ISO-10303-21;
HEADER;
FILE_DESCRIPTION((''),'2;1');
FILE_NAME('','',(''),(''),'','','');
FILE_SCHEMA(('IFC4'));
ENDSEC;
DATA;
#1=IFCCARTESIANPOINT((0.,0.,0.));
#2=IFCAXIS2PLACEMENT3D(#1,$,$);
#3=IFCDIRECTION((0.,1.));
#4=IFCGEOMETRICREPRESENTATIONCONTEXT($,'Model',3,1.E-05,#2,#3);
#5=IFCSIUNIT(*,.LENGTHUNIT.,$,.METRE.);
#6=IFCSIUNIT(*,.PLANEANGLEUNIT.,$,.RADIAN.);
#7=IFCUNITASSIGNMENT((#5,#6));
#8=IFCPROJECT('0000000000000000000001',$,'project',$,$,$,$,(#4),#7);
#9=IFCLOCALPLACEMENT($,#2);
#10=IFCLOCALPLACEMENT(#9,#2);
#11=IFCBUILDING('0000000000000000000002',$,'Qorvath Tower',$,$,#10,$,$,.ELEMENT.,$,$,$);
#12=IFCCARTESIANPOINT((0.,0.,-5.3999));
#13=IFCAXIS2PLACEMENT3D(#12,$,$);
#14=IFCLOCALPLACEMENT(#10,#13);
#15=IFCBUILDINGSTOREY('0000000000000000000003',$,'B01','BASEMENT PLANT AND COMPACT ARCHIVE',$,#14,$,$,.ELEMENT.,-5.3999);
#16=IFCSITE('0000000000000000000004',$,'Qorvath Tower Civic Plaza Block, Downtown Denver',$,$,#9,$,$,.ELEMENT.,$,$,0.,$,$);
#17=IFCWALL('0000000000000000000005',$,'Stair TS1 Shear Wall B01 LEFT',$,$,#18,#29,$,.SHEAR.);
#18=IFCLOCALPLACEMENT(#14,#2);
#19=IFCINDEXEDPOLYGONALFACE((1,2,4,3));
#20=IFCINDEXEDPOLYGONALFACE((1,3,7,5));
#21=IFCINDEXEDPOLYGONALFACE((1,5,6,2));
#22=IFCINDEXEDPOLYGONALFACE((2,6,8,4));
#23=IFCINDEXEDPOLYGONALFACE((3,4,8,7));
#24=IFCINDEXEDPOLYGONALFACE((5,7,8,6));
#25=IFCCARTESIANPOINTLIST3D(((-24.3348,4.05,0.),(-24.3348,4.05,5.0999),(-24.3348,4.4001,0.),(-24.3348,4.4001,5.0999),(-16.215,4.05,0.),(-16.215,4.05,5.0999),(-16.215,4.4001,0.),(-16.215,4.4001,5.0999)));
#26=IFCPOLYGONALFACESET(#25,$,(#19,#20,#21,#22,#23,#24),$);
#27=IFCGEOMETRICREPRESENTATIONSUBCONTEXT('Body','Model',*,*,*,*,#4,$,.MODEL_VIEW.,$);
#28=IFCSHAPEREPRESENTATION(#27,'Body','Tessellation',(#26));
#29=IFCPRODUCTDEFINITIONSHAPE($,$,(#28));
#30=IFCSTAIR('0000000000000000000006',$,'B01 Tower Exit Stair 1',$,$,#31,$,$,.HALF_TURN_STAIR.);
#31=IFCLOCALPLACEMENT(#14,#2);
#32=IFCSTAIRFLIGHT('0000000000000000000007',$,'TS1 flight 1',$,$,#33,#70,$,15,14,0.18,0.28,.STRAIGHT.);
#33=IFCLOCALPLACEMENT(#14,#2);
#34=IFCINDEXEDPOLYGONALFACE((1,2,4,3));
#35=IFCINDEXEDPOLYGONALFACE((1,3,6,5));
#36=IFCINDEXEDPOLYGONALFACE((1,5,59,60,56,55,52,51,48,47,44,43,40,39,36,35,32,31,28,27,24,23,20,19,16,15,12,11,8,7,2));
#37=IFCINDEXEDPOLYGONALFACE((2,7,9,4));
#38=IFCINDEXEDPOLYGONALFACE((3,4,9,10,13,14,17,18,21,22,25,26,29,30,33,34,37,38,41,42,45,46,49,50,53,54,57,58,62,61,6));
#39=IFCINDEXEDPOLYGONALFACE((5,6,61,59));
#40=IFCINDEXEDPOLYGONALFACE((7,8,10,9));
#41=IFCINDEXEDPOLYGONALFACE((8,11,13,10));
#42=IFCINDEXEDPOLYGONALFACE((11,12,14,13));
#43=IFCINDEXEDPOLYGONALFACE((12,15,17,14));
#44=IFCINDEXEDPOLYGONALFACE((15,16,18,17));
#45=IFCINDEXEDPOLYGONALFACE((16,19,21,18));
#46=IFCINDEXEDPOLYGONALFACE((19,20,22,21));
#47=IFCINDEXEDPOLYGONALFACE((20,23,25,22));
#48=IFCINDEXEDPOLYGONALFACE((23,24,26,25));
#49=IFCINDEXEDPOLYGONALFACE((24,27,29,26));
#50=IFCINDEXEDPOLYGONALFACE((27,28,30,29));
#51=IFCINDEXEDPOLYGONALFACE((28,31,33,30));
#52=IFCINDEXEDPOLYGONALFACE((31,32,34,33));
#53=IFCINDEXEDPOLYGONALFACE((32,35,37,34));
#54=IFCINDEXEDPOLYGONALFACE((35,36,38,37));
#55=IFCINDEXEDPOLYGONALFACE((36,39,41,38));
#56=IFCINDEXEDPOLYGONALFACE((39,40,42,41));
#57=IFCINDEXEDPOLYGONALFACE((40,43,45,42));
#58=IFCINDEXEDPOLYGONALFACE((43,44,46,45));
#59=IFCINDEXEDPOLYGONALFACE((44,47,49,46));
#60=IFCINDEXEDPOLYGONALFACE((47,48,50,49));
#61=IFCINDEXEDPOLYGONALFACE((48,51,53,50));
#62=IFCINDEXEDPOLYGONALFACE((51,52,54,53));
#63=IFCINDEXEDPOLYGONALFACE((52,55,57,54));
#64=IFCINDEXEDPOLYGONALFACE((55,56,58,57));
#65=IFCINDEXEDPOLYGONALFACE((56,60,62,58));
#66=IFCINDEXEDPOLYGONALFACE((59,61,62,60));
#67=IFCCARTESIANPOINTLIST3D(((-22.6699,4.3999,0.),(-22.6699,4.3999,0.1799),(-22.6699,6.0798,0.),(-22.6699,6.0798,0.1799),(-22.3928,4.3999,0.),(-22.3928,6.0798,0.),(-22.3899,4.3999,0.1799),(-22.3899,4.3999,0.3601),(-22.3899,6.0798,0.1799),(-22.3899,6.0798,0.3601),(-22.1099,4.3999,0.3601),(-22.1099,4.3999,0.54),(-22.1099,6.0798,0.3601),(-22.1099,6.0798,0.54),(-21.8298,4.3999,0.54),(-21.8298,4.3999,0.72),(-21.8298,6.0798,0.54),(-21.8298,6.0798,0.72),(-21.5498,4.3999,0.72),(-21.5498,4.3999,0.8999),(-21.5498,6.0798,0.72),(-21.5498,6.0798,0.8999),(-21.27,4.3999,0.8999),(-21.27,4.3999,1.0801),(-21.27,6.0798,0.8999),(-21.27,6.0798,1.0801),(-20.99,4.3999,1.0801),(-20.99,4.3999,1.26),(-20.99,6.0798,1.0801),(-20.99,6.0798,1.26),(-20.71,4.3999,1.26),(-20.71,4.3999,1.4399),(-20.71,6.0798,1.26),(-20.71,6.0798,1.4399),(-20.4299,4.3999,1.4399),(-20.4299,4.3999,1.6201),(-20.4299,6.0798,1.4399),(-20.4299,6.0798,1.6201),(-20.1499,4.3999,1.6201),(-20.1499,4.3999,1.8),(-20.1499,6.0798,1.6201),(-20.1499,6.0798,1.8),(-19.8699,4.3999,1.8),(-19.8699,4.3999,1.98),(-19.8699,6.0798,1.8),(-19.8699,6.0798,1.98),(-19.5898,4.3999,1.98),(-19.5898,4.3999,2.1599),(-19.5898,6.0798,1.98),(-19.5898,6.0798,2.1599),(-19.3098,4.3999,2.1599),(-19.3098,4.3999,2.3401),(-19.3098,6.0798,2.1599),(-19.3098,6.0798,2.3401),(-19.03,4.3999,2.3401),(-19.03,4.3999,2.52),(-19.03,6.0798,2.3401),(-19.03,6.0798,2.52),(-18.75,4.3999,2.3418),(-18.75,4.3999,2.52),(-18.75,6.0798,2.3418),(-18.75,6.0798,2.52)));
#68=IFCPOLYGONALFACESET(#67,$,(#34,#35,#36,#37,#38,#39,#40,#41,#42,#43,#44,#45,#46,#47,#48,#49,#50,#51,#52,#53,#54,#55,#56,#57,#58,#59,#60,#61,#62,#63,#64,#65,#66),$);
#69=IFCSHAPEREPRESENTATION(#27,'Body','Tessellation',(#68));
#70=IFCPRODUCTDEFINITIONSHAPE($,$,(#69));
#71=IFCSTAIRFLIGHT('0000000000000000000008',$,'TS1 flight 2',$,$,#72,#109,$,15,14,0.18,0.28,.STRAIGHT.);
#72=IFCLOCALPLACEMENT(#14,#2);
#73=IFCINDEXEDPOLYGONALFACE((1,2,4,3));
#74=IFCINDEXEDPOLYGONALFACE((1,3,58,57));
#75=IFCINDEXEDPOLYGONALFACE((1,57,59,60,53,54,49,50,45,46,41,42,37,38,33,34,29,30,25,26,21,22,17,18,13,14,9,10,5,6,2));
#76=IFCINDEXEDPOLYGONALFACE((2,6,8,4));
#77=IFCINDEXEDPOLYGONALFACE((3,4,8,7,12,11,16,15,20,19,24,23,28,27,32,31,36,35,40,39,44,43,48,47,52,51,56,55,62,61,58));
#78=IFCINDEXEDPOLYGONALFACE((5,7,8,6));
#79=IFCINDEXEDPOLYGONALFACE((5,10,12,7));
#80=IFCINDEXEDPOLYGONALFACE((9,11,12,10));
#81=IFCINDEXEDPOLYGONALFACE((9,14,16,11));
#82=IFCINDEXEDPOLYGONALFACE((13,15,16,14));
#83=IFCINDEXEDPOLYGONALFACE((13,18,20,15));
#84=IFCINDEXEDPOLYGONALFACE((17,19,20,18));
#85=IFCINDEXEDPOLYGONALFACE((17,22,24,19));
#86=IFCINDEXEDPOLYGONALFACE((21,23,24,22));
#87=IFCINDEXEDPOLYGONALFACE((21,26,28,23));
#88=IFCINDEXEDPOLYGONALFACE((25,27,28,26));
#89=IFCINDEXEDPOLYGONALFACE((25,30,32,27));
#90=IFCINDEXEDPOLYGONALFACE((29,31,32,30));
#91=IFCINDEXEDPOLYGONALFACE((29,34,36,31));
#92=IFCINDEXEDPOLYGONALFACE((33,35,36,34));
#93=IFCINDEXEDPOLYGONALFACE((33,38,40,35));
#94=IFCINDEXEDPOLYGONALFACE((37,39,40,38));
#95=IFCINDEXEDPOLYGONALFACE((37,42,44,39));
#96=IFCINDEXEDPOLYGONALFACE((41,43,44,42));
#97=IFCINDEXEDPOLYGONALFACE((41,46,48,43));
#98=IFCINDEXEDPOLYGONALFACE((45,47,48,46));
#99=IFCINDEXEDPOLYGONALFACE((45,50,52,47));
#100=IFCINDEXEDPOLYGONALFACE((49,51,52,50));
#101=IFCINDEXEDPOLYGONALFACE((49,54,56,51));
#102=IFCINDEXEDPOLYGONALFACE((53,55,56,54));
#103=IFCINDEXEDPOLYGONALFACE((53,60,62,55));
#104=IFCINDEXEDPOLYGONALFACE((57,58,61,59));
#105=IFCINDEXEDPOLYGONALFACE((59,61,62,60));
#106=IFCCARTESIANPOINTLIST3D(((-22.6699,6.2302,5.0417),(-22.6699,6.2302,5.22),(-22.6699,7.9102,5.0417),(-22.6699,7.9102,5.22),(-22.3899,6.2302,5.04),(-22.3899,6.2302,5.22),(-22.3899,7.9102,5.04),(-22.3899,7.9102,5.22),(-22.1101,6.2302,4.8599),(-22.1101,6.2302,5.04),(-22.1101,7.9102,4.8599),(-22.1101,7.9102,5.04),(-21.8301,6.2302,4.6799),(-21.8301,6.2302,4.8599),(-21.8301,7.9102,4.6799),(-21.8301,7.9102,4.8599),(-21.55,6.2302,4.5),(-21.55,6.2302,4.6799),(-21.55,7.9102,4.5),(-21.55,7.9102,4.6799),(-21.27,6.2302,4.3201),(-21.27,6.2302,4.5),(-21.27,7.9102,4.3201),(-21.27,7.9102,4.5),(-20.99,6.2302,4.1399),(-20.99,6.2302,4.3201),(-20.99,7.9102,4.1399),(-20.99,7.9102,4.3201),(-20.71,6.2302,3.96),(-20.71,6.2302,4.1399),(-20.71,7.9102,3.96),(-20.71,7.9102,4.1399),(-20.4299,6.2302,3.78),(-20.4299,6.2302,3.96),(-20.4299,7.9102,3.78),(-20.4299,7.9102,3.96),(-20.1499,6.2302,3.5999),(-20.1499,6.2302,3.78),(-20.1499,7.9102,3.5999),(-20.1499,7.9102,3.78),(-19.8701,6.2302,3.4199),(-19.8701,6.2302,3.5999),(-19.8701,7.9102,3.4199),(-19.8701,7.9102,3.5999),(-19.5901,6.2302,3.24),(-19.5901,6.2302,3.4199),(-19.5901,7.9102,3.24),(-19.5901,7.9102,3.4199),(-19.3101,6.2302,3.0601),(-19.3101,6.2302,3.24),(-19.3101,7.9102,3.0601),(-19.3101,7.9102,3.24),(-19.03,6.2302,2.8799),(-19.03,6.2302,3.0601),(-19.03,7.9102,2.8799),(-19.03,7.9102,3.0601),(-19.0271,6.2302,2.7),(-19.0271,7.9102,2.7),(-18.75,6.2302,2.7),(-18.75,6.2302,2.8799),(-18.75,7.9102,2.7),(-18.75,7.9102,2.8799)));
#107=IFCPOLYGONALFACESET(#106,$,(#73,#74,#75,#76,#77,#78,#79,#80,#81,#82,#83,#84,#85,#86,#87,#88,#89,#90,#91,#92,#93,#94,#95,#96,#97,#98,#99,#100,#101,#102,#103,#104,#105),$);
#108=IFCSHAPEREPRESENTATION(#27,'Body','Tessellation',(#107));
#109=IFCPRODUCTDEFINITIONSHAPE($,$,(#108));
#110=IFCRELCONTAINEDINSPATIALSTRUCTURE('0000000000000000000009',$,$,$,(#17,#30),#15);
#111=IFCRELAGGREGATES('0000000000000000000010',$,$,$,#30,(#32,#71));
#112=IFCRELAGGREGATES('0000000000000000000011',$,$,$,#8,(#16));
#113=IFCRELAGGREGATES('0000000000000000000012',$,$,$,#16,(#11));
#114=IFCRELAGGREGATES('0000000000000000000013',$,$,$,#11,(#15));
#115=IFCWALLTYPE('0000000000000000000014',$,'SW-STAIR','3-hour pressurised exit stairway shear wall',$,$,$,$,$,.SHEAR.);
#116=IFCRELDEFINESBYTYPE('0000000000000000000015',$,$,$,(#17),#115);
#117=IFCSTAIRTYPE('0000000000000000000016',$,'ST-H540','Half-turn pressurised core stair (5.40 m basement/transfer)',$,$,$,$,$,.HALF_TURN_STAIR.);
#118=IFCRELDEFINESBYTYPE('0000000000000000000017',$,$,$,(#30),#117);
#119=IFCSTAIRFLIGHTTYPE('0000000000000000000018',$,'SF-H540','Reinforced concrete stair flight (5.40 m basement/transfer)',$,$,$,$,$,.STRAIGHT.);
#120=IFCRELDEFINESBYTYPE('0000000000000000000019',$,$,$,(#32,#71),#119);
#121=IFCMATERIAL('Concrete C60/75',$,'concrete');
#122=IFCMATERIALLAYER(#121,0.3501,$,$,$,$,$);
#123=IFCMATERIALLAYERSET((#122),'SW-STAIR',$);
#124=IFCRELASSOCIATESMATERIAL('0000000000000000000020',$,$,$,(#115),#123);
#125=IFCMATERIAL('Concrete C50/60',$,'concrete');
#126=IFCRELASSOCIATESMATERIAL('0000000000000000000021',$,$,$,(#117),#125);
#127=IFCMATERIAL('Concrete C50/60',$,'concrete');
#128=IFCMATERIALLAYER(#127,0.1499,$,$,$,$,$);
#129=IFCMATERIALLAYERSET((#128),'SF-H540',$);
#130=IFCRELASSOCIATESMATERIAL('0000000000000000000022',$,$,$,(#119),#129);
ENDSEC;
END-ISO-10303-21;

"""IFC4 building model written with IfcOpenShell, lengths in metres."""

from ifc_helpers import new_model, si_unit, direction, frame, frame_2d, origin, place, context, subcontext, project, spatial, polyline, rectangle, outline, extrude, material, layer, layer_set, type_object, element, aggregate, save


model = new_model("IFC4")

# Units and contexts
model_context = context("Model", 3, precision=1e-05, world=origin(), true_north=direction((0.0, 1.0)))
body_context = subcontext(model_context, "Body", "Model", "MODEL_VIEW")
ifc_project = project(units=[si_unit("LENGTHUNIT", "METRE"), si_unit("PLANEANGLEUNIT", "RADIAN")], contexts=[model_context])

# Site, building, storey
site_placement = place(None, origin())
site = spatial("IfcSite", under=ifc_project, at=site_placement, Name="Qorvath Tower Civic Plaza Block, Downtown Denver", CompositionType="ELEMENT", RefElevation=0.0)
building_placement = place(site_placement, origin())
building = spatial("IfcBuilding", under=site, at=building_placement, Name="Qorvath Tower", CompositionType="ELEMENT")
storey_placement = place(building_placement, frame((0.0, 0.0, -5.3999)))
storey = spatial("IfcBuildingStorey", under=building, at=storey_placement, Name="B01", Description="BASEMENT PLANT AND COMPACT ARCHIVE", CompositionType="ELEMENT", Elevation=-5.3999)

# Wall
ifc_material_1 = material(Name="Concrete C60/75", Category="concrete")
ifc_layer_1 = layer(ifc_material_1, 0.3501)
ifc_layer_set_1 = layer_set([ifc_layer_1], Name="SW-STAIR")
wall_type_1 = type_object("IfcWallType", Name="SW-STAIR", Description="3-hour pressurised exit stairway shear wall", PredefinedType="SHEAR", material=ifc_layer_set_1)
wall_1_placement = place(storey_placement, frame((-24.335, 4.2251, 0.0), z_axis=(0.0, 0.0, 1.0), x_axis=(1.0, 0.0, 0.0)))
element("IfcWall", 1, at=wall_1_placement, inside=storey, type_object=wall_type_1, Name="Stair TS1 Shear Wall B01 LEFT", PredefinedType="SHEAR", context=body_context, shape_type="SweptSolid", body=[
    extrude(rectangle(XDim=8.1199, YDim=0.3501, at=frame_2d((4.0601, 0.0))), origin(), (0.0, 0.0, 1.0), 5.0999),
])

# Stair, stair flights
ifc_material_2 = material(Name="Concrete C50/60", Category="concrete")
stair_type = type_object("IfcStairType", Name="ST-H540", Description="Half-turn pressurised core stair (5.40 m basement/transfer)", PredefinedType="HALF_TURN_STAIR", material=ifc_material_2)
stair_placement = place(storey_placement, origin())
stair = element("IfcStair", 2, at=stair_placement, inside=storey, type_object=stair_type, Name="B01 Tower Exit Stair 1", PredefinedType="HALF_TURN_STAIR")
ifc_material_3 = material(Name="Concrete C50/60", Category="concrete")
ifc_layer_2 = layer(ifc_material_3, 0.1499)
ifc_layer_set_2 = layer_set([ifc_layer_2], Name="SF-H540")
stair_flight_type = type_object("IfcStairFlightType", Name="SF-H540", Description="Reinforced concrete stair flight (5.40 m basement/transfer)", PredefinedType="STRAIGHT", material=ifc_layer_set_2)
stair_flight_1_placement = place(storey_placement, frame((-22.6699, 5.24, 0.0), z_axis=(0.0, 0.0, 1.0), x_axis=(1.0, 0.0, 0.0)))
stair_flight_1 = element("IfcStairFlight", 3, at=stair_flight_1_placement, type_object=stair_flight_type, Name="TS1 flight 1", NumberOfRisers=15, NumberOfTreads=14, PredefinedType="STRAIGHT", RiserHeight=0.18, TreadLength=0.28, context=body_context, shape_type="SweptSolid", body=[
    extrude(outline(polyline([(0.0, 0.0), (0.0, 0.1799), (0.28, 0.1799), (0.28, 0.3601), (0.5601, 0.3601), (0.5601, 0.54), (0.8401, 0.54), (0.8401, 0.72), (1.1201, 0.72), (1.1201, 0.8999), (1.3999, 0.8999), (1.3999, 1.0801), (1.6799, 1.0801), (1.6799, 1.26), (1.96, 1.26), (1.96, 1.4399), (2.24, 1.4399), (2.24, 1.6201), (2.52, 1.6201), (2.52, 1.8), (2.8, 1.8), (2.8, 1.98), (3.0801, 1.98), (3.0801, 2.1599), (3.3601, 2.1599), (3.3601, 2.3401), (3.6399, 2.3401), (3.6399, 2.52), (3.9199, 2.52), (3.9199, 2.7), (3.9199, 2.3418), (0.2771, 0.0), (0.0, 0.0)])), frame((0.0, 0.8398, 0.0), z_axis=(0.0, -1.0, 0.0), x_axis=(1.0, 0.0, 0.0)), (0.0, 0.0, 1.0), 1.6799),
])
stair_flight_2_placement = place(storey_placement, frame((-18.75, 7.0701, 2.7), z_axis=(0.0, 0.0, 1.0), x_axis=(-1.0, 0.0, 0.0)))
stair_flight_2 = element("IfcStairFlight", 4, at=stair_flight_2_placement, type_object=stair_flight_type, Name="TS1 flight 2", NumberOfRisers=15, NumberOfTreads=14, PredefinedType="STRAIGHT", RiserHeight=0.18, TreadLength=0.28, context=body_context, shape_type="SweptSolid", body=[
    extrude(outline(polyline([(0.0, 0.0), (0.0, 0.1799), (0.28, 0.1799), (0.28, 0.3601), (0.5601, 0.3601), (0.5601, 0.54), (0.8401, 0.54), (0.8401, 0.72), (1.1201, 0.72), (1.1201, 0.8999), (1.3999, 0.8999), (1.3999, 1.0801), (1.6799, 1.0801), (1.6799, 1.26), (1.96, 1.26), (1.96, 1.4399), (2.24, 1.4399), (2.24, 1.6201), (2.52, 1.6201), (2.52, 1.8), (2.8, 1.8), (2.8, 1.98), (3.0801, 1.98), (3.0801, 2.1599), (3.3601, 2.1599), (3.3601, 2.3401), (3.6399, 2.3401), (3.6399, 2.52), (3.9199, 2.52), (3.9199, 2.7), (3.9199, 2.3418), (0.2771, 0.0), (0.0, 0.0)])), frame((0.0, 0.8398, 0.0), z_axis=(0.0, -1.0, 0.0), x_axis=(1.0, 0.0, 0.0)), (0.0, 0.0, 1.0), 1.6799),
])
aggregate(stair, [stair_flight_1, stair_flight_2])

save(model, "model.ifc")
